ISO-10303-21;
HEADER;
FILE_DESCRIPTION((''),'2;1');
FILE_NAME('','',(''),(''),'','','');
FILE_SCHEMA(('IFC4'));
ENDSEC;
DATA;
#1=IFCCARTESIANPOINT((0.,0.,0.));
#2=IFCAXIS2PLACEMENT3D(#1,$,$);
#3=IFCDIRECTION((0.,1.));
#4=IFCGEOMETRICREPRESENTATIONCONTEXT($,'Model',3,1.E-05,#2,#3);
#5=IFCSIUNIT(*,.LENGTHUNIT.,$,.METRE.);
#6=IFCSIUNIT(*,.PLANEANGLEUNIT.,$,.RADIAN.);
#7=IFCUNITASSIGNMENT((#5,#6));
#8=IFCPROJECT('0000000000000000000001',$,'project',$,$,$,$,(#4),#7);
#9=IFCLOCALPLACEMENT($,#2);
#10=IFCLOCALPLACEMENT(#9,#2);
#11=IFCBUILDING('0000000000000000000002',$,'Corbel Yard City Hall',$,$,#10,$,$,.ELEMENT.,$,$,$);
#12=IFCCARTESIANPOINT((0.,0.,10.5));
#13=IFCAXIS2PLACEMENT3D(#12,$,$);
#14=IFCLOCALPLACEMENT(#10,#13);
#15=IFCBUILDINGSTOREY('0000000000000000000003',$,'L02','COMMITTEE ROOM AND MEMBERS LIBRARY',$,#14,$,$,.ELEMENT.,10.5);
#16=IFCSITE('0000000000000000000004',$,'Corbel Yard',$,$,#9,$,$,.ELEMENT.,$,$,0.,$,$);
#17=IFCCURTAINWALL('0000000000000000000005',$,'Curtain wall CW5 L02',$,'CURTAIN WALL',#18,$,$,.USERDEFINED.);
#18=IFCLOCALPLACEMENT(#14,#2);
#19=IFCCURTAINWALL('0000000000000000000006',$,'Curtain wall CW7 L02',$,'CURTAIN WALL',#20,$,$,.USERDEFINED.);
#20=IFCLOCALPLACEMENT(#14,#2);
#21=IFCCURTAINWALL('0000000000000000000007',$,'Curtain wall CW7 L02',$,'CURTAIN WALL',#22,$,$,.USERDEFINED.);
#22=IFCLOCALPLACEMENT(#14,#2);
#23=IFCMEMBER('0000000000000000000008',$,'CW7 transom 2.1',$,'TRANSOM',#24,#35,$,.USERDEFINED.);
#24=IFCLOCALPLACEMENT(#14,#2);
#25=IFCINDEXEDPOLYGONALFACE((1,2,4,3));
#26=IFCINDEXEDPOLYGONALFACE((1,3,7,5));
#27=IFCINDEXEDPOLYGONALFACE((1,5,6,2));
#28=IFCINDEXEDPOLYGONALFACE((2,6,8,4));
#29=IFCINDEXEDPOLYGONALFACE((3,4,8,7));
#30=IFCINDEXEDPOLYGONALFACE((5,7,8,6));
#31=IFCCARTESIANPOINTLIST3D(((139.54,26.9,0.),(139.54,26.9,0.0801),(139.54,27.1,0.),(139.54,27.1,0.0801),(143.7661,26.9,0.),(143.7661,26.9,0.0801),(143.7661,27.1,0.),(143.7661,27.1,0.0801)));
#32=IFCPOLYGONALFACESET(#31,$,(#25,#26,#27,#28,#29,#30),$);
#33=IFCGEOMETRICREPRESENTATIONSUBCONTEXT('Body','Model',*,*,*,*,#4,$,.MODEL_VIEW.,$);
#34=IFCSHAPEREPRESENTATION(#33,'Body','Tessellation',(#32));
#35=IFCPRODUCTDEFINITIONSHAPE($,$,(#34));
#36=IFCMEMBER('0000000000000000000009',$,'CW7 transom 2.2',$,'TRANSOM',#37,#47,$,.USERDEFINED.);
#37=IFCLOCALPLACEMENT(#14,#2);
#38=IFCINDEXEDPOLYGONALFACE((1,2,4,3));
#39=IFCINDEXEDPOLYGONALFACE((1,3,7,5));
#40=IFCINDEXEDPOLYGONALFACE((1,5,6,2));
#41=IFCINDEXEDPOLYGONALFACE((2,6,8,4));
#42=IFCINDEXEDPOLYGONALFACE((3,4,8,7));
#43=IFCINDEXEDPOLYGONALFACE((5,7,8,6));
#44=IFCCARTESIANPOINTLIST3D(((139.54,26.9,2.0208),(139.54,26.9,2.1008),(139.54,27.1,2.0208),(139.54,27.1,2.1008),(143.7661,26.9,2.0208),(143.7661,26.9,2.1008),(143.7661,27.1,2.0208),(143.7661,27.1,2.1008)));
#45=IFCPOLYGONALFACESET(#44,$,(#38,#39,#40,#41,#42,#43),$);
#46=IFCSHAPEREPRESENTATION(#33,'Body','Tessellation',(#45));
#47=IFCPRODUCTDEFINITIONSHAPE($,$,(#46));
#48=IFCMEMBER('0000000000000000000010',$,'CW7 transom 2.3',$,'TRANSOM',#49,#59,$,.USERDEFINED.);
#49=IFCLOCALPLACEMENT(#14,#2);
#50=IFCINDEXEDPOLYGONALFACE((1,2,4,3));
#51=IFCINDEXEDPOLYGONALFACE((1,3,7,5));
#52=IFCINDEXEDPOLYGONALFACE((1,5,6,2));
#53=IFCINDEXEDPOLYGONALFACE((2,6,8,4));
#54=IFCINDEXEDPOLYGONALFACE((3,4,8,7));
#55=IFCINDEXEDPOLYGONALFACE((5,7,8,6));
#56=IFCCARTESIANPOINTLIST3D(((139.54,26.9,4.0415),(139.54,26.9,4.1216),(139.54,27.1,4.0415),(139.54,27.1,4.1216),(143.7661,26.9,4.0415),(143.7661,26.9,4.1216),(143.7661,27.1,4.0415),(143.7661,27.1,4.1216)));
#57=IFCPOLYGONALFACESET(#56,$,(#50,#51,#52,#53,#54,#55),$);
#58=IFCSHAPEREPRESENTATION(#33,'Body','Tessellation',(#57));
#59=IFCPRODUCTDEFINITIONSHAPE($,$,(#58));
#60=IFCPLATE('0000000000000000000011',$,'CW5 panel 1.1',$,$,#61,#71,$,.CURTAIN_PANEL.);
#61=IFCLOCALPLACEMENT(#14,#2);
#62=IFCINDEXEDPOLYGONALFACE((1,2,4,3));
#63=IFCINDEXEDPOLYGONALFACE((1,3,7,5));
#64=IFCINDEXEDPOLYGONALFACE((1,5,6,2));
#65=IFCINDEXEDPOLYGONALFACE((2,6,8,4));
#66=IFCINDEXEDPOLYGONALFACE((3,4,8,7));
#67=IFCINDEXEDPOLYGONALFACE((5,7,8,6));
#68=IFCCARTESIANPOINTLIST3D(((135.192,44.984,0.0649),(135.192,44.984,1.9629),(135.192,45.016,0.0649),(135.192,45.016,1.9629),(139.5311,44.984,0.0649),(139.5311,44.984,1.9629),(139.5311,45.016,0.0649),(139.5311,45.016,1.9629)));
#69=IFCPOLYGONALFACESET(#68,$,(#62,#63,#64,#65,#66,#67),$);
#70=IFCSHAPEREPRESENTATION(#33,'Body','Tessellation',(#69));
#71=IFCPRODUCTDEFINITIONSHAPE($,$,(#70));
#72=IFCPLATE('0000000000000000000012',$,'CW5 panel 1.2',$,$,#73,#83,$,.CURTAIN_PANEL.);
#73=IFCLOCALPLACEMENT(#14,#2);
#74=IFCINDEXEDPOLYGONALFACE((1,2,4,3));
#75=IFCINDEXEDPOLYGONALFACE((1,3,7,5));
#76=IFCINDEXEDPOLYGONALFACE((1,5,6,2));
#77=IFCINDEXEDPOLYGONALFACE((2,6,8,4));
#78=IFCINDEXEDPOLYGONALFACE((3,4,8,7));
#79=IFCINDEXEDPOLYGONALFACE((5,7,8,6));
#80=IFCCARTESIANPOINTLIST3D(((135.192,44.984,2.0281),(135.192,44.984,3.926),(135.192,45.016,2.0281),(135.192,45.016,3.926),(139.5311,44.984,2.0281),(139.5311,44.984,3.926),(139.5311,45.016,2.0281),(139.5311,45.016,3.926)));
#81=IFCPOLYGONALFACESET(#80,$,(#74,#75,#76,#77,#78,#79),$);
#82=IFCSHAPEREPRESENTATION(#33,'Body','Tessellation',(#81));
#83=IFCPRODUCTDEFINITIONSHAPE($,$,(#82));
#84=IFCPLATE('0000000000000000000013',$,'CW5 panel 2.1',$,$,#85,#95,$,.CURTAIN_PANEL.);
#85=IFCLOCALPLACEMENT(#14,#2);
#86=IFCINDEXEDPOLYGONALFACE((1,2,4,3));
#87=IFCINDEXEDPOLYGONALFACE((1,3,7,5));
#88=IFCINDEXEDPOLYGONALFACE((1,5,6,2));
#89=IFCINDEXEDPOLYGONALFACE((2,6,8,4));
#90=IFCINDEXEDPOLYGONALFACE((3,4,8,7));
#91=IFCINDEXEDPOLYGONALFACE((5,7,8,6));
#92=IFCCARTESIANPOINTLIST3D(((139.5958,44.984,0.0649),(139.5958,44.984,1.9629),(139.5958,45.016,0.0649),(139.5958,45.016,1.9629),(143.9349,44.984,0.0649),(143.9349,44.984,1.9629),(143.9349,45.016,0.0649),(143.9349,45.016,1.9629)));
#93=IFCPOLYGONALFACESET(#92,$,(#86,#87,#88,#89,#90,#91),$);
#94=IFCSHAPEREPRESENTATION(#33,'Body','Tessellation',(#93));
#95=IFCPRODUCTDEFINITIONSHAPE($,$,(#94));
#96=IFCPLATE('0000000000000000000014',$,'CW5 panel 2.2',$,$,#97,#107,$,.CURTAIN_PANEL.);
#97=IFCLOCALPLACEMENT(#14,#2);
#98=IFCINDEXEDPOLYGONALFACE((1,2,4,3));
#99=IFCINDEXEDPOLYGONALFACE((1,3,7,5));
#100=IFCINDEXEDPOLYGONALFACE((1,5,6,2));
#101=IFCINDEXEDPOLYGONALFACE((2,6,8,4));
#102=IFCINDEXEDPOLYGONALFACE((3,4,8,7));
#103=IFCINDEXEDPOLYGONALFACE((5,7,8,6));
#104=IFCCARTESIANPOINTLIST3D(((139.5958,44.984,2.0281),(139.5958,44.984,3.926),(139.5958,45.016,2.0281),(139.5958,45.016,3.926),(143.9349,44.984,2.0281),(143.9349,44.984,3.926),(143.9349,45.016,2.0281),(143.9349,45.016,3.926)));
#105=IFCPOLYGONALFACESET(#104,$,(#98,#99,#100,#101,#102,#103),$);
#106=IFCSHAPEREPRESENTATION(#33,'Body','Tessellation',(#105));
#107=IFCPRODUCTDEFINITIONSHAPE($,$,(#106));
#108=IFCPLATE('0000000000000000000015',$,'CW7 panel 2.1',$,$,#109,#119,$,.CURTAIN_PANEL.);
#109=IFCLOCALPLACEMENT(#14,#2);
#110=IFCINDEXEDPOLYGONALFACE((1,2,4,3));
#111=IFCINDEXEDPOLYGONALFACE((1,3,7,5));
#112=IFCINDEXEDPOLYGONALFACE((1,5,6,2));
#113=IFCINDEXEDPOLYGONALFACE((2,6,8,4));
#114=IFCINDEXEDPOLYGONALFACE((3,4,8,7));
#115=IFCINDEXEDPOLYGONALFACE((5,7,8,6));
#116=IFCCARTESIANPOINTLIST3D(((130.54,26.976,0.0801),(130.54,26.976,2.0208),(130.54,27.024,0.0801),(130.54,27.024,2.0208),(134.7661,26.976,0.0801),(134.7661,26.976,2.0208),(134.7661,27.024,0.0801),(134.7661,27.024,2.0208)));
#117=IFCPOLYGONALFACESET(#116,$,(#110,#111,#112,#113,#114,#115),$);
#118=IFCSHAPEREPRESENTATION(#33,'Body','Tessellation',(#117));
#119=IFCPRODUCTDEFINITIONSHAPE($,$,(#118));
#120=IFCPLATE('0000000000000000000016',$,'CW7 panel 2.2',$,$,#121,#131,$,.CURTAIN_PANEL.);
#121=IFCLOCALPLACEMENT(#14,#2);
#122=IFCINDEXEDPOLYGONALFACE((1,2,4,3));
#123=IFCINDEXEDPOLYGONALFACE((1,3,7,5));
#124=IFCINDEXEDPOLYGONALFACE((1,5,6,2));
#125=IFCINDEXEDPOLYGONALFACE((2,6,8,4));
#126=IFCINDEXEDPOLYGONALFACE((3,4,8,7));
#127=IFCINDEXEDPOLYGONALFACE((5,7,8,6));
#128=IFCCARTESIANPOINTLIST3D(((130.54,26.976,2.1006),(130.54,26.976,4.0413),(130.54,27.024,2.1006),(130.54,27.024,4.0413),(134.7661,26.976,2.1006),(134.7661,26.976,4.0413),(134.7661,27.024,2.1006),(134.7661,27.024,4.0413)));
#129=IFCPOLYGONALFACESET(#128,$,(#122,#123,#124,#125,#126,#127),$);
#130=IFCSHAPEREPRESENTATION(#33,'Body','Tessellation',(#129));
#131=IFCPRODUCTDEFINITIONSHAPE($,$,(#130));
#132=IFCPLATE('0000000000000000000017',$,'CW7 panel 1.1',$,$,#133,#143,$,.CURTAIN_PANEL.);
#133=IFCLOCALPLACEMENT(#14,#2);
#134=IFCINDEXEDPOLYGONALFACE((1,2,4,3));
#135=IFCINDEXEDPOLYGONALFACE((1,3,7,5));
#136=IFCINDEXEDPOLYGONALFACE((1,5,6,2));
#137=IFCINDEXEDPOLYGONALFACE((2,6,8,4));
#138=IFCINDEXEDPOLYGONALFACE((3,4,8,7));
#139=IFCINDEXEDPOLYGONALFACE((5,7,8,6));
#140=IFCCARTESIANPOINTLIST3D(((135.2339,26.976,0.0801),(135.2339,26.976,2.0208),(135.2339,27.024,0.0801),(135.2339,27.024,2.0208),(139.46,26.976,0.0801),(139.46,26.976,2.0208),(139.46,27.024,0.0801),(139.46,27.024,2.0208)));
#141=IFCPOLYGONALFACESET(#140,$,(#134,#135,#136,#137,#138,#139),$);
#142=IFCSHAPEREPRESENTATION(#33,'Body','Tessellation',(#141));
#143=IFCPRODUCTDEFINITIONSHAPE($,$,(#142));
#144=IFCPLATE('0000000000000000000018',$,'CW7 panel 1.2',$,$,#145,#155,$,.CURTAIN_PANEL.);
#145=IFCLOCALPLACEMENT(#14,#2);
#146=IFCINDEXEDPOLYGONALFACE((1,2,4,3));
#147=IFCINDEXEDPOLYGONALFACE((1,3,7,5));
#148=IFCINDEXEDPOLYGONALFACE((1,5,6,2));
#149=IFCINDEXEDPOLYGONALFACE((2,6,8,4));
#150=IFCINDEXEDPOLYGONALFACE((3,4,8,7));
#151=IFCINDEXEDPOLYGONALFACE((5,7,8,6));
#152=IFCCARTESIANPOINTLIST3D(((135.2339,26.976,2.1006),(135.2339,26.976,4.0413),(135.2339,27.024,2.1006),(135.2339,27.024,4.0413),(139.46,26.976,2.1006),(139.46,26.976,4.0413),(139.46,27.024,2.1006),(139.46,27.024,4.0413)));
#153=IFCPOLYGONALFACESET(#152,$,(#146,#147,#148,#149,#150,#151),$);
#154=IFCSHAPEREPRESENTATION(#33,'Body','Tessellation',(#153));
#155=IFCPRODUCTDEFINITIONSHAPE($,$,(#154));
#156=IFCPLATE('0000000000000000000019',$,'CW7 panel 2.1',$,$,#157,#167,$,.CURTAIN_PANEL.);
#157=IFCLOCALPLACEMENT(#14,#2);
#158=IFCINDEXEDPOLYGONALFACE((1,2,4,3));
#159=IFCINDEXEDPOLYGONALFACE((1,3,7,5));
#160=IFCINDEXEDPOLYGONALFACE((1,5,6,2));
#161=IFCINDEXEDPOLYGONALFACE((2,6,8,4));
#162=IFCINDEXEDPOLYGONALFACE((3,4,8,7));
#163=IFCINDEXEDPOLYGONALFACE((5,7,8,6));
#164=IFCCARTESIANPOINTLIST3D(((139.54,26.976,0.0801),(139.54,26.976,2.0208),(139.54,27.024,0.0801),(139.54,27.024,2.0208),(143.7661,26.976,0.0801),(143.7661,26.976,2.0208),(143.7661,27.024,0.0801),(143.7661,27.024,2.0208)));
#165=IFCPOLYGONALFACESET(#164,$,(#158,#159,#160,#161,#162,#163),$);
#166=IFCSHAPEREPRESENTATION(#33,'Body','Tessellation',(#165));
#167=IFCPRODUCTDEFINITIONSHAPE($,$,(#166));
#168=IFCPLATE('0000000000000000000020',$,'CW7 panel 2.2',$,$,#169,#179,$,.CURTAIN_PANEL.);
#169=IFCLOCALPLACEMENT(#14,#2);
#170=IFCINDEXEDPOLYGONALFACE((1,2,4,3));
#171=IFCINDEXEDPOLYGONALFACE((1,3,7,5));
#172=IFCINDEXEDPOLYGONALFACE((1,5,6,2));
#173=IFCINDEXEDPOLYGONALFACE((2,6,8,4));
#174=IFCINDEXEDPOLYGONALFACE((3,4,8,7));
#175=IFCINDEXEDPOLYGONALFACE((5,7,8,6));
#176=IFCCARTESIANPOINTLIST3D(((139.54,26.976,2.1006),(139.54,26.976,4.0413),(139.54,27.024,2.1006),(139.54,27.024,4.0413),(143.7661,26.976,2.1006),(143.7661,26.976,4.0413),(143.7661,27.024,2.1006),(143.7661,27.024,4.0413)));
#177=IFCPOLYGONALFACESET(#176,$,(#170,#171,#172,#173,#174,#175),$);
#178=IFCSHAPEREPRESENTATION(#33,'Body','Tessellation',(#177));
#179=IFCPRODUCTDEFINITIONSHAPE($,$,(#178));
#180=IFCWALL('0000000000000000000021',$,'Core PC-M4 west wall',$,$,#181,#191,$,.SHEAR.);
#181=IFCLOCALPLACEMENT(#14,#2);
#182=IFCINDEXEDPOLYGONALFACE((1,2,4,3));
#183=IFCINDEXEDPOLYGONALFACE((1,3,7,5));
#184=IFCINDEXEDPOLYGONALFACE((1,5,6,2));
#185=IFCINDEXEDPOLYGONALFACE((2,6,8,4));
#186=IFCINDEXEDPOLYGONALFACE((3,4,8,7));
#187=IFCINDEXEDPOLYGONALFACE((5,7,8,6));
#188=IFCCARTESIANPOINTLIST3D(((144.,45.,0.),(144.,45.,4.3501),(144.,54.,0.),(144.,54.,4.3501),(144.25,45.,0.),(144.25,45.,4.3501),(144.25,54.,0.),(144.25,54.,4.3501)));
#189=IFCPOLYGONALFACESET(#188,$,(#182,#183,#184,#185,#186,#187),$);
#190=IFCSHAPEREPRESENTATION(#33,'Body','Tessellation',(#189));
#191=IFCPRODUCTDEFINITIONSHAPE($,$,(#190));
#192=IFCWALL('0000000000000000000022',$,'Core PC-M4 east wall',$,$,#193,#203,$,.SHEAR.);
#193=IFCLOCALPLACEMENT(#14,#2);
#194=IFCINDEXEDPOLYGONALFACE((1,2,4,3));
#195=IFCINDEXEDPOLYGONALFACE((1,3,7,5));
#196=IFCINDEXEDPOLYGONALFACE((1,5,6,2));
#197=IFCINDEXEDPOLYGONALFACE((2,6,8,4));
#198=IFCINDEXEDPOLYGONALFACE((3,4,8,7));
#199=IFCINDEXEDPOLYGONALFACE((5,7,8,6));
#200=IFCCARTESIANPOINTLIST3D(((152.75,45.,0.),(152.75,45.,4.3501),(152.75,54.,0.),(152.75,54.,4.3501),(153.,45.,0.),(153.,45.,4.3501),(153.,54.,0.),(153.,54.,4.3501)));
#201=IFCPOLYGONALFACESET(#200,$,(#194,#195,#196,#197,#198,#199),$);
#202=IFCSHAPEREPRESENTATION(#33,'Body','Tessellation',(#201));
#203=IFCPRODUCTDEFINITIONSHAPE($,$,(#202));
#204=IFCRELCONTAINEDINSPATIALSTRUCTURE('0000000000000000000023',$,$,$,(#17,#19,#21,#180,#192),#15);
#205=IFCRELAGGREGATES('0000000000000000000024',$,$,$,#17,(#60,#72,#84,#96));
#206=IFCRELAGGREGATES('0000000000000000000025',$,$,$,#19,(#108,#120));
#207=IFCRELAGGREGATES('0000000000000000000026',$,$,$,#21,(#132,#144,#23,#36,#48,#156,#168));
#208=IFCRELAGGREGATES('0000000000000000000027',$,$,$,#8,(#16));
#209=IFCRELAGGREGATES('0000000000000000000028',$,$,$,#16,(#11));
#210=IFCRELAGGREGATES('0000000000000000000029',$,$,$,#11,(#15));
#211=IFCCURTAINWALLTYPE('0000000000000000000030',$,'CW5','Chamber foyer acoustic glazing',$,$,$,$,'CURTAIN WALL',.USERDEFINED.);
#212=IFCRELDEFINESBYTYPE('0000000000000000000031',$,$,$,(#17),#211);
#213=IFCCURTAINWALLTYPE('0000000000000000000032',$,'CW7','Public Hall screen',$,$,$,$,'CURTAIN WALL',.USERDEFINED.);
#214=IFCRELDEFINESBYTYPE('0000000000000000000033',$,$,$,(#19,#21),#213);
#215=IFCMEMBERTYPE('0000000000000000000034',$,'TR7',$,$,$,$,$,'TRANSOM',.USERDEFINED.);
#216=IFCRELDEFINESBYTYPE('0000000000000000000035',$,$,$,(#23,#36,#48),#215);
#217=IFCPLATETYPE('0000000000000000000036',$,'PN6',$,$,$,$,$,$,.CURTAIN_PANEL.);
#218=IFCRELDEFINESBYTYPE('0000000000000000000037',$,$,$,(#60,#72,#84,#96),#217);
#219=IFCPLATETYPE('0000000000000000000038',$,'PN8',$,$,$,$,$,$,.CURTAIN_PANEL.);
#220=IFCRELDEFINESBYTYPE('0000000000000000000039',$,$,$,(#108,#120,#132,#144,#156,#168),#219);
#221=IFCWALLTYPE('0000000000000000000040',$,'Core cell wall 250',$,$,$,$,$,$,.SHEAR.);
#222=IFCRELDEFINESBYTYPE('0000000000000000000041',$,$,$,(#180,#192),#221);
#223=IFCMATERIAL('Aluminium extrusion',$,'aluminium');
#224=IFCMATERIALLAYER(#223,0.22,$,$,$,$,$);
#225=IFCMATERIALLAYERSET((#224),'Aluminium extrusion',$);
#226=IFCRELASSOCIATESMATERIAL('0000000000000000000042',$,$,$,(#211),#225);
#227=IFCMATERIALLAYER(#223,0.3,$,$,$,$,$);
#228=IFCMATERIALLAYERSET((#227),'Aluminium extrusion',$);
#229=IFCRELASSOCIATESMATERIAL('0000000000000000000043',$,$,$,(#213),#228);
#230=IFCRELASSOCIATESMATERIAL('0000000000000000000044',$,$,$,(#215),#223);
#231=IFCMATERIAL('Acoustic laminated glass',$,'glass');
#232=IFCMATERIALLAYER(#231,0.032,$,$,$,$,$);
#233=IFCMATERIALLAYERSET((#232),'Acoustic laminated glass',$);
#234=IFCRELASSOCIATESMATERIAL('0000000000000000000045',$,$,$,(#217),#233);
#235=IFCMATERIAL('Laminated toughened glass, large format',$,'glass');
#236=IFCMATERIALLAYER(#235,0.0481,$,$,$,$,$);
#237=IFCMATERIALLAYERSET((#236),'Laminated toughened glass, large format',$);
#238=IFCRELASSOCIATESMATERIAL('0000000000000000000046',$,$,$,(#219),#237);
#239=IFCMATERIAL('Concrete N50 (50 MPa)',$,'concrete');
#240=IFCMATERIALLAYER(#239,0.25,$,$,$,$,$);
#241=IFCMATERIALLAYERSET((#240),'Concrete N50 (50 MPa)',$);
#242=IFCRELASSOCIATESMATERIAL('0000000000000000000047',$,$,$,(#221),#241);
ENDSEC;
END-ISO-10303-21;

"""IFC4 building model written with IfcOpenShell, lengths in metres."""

from ifc_helpers import new_model, si_unit, direction, frame, frame_2d, origin, origin_2d, place, context, subcontext, project, spatial, rectangle, extrude, material, layer, layer_set, material_profile, profile_set, type_object, element, aggregate, save


model = new_model("IFC4")

# Units and contexts
model_context = context("Model", 3, precision=1e-05, world=origin(), true_north=direction((0.0, 1.0)))
body_context = subcontext(model_context, "Body", "Model", "MODEL_VIEW")
ifc_project = project(units=[si_unit("LENGTHUNIT", "METRE"), si_unit("PLANEANGLEUNIT", "RADIAN")], contexts=[model_context])

# Site, building, storey
site_placement = place(None, origin())
site = spatial("IfcSite", under=ifc_project, at=site_placement, Name="Corbel Yard", CompositionType="ELEMENT", RefElevation=0.0)
building_placement = place(site_placement, origin())
building = spatial("IfcBuilding", under=site, at=building_placement, Name="Corbel Yard City Hall", CompositionType="ELEMENT")
storey_placement = place(building_placement, frame((0.0, 0.0, 10.5)))
storey = spatial("IfcBuildingStorey", under=building, at=storey_placement, Name="L02", Description="COMMITTEE ROOM AND MEMBERS LIBRARY", CompositionType="ELEMENT", Elevation=10.5)

# Curtain wall
ifc_material_1 = material(Name="Aluminium extrusion", Category="aluminium")
ifc_layer_1 = layer(ifc_material_1, 0.22)
ifc_layer_set_1 = layer_set([ifc_layer_1], Name="Aluminium extrusion")
curtain_wall_type_1 = type_object("IfcCurtainWallType", Name="CW5", Description="Chamber foyer acoustic glazing", ElementType="CURTAIN WALL", PredefinedType="USERDEFINED", material=ifc_layer_set_1)
curtain_wall_1_placement = place(storey_placement, origin())
curtain_wall_1 = element("IfcCurtainWall", 1, at=curtain_wall_1_placement, inside=storey, type_object=curtain_wall_type_1, Name="Curtain wall CW5 L02", ObjectType="CURTAIN WALL", PredefinedType="USERDEFINED")

# Curtain wall
ifc_layer_2 = layer(ifc_material_1, 0.3)
ifc_layer_set_2 = layer_set([ifc_layer_2], Name="Aluminium extrusion")
curtain_wall_type_2 = type_object("IfcCurtainWallType", Name="CW7", Description="Public Hall screen", ElementType="CURTAIN WALL", PredefinedType="USERDEFINED", material=ifc_layer_set_2)
curtain_wall_2_placement = place(storey_placement, origin())
curtain_wall_2 = element("IfcCurtainWall", 2, at=curtain_wall_2_placement, inside=storey, type_object=curtain_wall_type_2, Name="Curtain wall CW7 L02", ObjectType="CURTAIN WALL", PredefinedType="USERDEFINED")

# Curtain wall
curtain_wall_3_placement = place(storey_placement, origin())
curtain_wall_3 = element("IfcCurtainWall", 3, at=curtain_wall_3_placement, inside=storey, type_object=curtain_wall_type_2, Name="Curtain wall CW7 L02", ObjectType="CURTAIN WALL", PredefinedType="USERDEFINED")

# Members
ifc_material_profile_1 = material_profile(ifc_material_1, rectangle(XDim=0.2, YDim=0.0801, at=origin_2d()), Name="200x80")
ifc_profile_set_1 = profile_set([ifc_material_profile_1], Name="Aluminium extrusion")
member_type_1 = type_object("IfcMemberType", Name="TR7", ElementType="TRANSOM", PredefinedType="USERDEFINED", material=ifc_profile_set_1)
member_1_placement = place(storey_placement, frame((139.54, 27.0, 0.04), z_axis=(1.0, 0.0, 0.0), x_axis=(0.0, 1.0, 0.0)))
member_1 = element("IfcMember", 4, at=member_1_placement, type_object=member_type_1, Name="CW7 transom 2.1", ObjectType="TRANSOM", PredefinedType="USERDEFINED", context=body_context, shape_type="SweptSolid", body=[
    extrude(rectangle(XDim=0.2, YDim=0.0801, at=origin_2d()), origin(), (0.0, 0.0, 1.0), 4.2261),
])
member_2_placement = place(storey_placement, frame((139.54, 27.0, 2.0608), z_axis=(1.0, 0.0, 0.0), x_axis=(0.0, 1.0, 0.0)))
member_2 = element("IfcMember", 5, at=member_2_placement, type_object=member_type_1, Name="CW7 transom 2.2", ObjectType="TRANSOM", PredefinedType="USERDEFINED", context=body_context, shape_type="SweptSolid", body=[
    extrude(rectangle(XDim=0.2, YDim=0.0801, at=origin_2d()), origin(), (0.0, 0.0, 1.0), 4.2261),
])
member_3_placement = place(storey_placement, frame((139.54, 27.0, 4.0815), z_axis=(1.0, 0.0, 0.0), x_axis=(0.0, 1.0, 0.0)))
member_3 = element("IfcMember", 6, at=member_3_placement, type_object=member_type_1, Name="CW7 transom 2.3", ObjectType="TRANSOM", PredefinedType="USERDEFINED", context=body_context, shape_type="SweptSolid", body=[
    extrude(rectangle(XDim=0.2, YDim=0.0801, at=origin_2d()), origin(), (0.0, 0.0, 1.0), 4.2261),
])

# Plates
ifc_material_2 = material(Name="Acoustic laminated glass", Category="glass")
ifc_layer_3 = layer(ifc_material_2, 0.032)
ifc_layer_set_3 = layer_set([ifc_layer_3], Name="Acoustic laminated glass")
plate_type_1 = type_object("IfcPlateType", Name="PN6", PredefinedType="CURTAIN_PANEL", material=ifc_layer_set_3)
plate_1_placement = place(storey_placement, frame((137.3616, 45.0, 0.0649), z_axis=(0.0, 0.0, 1.0), x_axis=(1.0, 0.0, 0.0)))
plate_1 = element("IfcPlate", 7, at=plate_1_placement, type_object=plate_type_1, Name="CW5 panel 1.1", PredefinedType="CURTAIN_PANEL", context=body_context, shape_type="SweptSolid", body=[
    extrude(rectangle(XDim=4.3391, YDim=0.032, at=origin_2d()), origin(), (0.0, 0.0, 1.0), 1.8979),
])
plate_2_placement = place(storey_placement, frame((137.3616, 45.0, 2.0281), z_axis=(0.0, 0.0, 1.0), x_axis=(1.0, 0.0, 0.0)))
plate_2 = element("IfcPlate", 8, at=plate_2_placement, type_object=plate_type_1, Name="CW5 panel 1.2", PredefinedType="CURTAIN_PANEL", context=body_context, shape_type="SweptSolid", body=[
    extrude(rectangle(XDim=4.3391, YDim=0.032, at=origin_2d()), origin(), (0.0, 0.0, 1.0), 1.8979),
])
plate_3_placement = place(storey_placement, frame((141.7654, 45.0, 0.0649), z_axis=(0.0, 0.0, 1.0), x_axis=(1.0, 0.0, 0.0)))
plate_3 = element("IfcPlate", 9, at=plate_3_placement, type_object=plate_type_1, Name="CW5 panel 2.1", PredefinedType="CURTAIN_PANEL", context=body_context, shape_type="SweptSolid", body=[
    extrude(rectangle(XDim=4.3391, YDim=0.032, at=origin_2d()), origin(), (0.0, 0.0, 1.0), 1.8979),
])
plate_4_placement = place(storey_placement, frame((141.7654, 45.0, 2.0281), z_axis=(0.0, 0.0, 1.0), x_axis=(1.0, 0.0, 0.0)))
plate_4 = element("IfcPlate", 10, at=plate_4_placement, type_object=plate_type_1, Name="CW5 panel 2.2", PredefinedType="CURTAIN_PANEL", context=body_context, shape_type="SweptSolid", body=[
    extrude(rectangle(XDim=4.3391, YDim=0.032, at=origin_2d()), origin(), (0.0, 0.0, 1.0), 1.8979),
])
aggregate(curtain_wall_1, [plate_1, plate_2, plate_3, plate_4])
ifc_material_3 = material(Name="Laminated toughened glass, large format", Category="glass")
ifc_layer_4 = layer(ifc_material_3, 0.0481)
ifc_layer_set_4 = layer_set([ifc_layer_4], Name="Laminated toughened glass, large format")
plate_type_2 = type_object("IfcPlateType", Name="PN8", PredefinedType="CURTAIN_PANEL", material=ifc_layer_set_4)
plate_5_placement = place(storey_placement, frame((132.6531, 27.0, 0.0801), z_axis=(0.0, 0.0, 1.0), x_axis=(1.0, 0.0, 0.0)))
plate_5 = element("IfcPlate", 11, at=plate_5_placement, type_object=plate_type_2, Name="CW7 panel 2.1", PredefinedType="CURTAIN_PANEL", context=body_context, shape_type="SweptSolid", body=[
    extrude(rectangle(XDim=4.2261, YDim=0.0481, at=origin_2d()), origin(), (0.0, 0.0, 1.0), 1.9407),
])
plate_6_placement = place(storey_placement, frame((132.6531, 27.0, 2.1006), z_axis=(0.0, 0.0, 1.0), x_axis=(1.0, 0.0, 0.0)))
plate_6 = element("IfcPlate", 12, at=plate_6_placement, type_object=plate_type_2, Name="CW7 panel 2.2", PredefinedType="CURTAIN_PANEL", context=body_context, shape_type="SweptSolid", body=[
    extrude(rectangle(XDim=4.2261, YDim=0.0481, at=origin_2d()), origin(), (0.0, 0.0, 1.0), 1.9407),
])
aggregate(curtain_wall_2, [plate_5, plate_6])
plate_7_placement = place(storey_placement, frame((137.3469, 27.0, 0.0801), z_axis=(0.0, 0.0, 1.0), x_axis=(1.0, 0.0, 0.0)))
plate_7 = element("IfcPlate", 13, at=plate_7_placement, type_object=plate_type_2, Name="CW7 panel 1.1", PredefinedType="CURTAIN_PANEL", context=body_context, shape_type="SweptSolid", body=[
    extrude(rectangle(XDim=4.2261, YDim=0.0481, at=origin_2d()), origin(), (0.0, 0.0, 1.0), 1.9407),
])
plate_8_placement = place(storey_placement, frame((137.3469, 27.0, 2.1006), z_axis=(0.0, 0.0, 1.0), x_axis=(1.0, 0.0, 0.0)))
plate_8 = element("IfcPlate", 14, at=plate_8_placement, type_object=plate_type_2, Name="CW7 panel 1.2", PredefinedType="CURTAIN_PANEL", context=body_context, shape_type="SweptSolid", body=[
    extrude(rectangle(XDim=4.2261, YDim=0.0481, at=origin_2d()), origin(), (0.0, 0.0, 1.0), 1.9407),
])
plate_9_placement = place(storey_placement, frame((141.6531, 27.0, 0.0801), z_axis=(0.0, 0.0, 1.0), x_axis=(1.0, 0.0, 0.0)))
plate_9 = element("IfcPlate", 15, at=plate_9_placement, type_object=plate_type_2, Name="CW7 panel 2.1", PredefinedType="CURTAIN_PANEL", context=body_context, shape_type="SweptSolid", body=[
    extrude(rectangle(XDim=4.2261, YDim=0.0481, at=origin_2d()), origin(), (0.0, 0.0, 1.0), 1.9407),
])
plate_10_placement = place(storey_placement, frame((141.6531, 27.0, 2.1006), z_axis=(0.0, 0.0, 1.0), x_axis=(1.0, 0.0, 0.0)))
plate_10 = element("IfcPlate", 16, at=plate_10_placement, type_object=plate_type_2, Name="CW7 panel 2.2", PredefinedType="CURTAIN_PANEL", context=body_context, shape_type="SweptSolid", body=[
    extrude(rectangle(XDim=4.2261, YDim=0.0481, at=origin_2d()), origin(), (0.0, 0.0, 1.0), 1.9407),
])
aggregate(curtain_wall_3, [plate_7, plate_8, member_1, member_2, member_3, plate_9, plate_10])

# Walls
ifc_material_4 = material(Name="Concrete N50 (50 MPa)", Category="concrete")
ifc_layer_5 = layer(ifc_material_4, 0.25)
ifc_layer_set_5 = layer_set([ifc_layer_5], Name="Concrete N50 (50 MPa)")
wall_type_1 = type_object("IfcWallType", Name="Core cell wall 250", PredefinedType="SHEAR", material=ifc_layer_set_5)
for number, where, z_axis, x_axis, name in (
    (17, (144.125, 45.0, 0.0), (0.0, 0.0, 1.0), (0.0, 1.0, 0.0), "Core PC-M4 west wall"),
    (18, (152.875, 45.0, 0.0), (0.0, 0.0, 1.0), (0.0, 1.0, 0.0), "Core PC-M4 east wall"),
):
    element("IfcWall", number, at=place(storey_placement, frame(where, z_axis=z_axis, x_axis=x_axis)), inside=storey, type_object=wall_type_1, Name=name, PredefinedType="SHEAR", context=body_context, shape_type="SweptSolid", body=[
        extrude(rectangle(XDim=9.0, YDim=0.25, at=frame_2d((4.5, 0.0))), origin(), (0.0, 0.0, 1.0), 4.3501),
    ])

save(model, "model.ifc")
